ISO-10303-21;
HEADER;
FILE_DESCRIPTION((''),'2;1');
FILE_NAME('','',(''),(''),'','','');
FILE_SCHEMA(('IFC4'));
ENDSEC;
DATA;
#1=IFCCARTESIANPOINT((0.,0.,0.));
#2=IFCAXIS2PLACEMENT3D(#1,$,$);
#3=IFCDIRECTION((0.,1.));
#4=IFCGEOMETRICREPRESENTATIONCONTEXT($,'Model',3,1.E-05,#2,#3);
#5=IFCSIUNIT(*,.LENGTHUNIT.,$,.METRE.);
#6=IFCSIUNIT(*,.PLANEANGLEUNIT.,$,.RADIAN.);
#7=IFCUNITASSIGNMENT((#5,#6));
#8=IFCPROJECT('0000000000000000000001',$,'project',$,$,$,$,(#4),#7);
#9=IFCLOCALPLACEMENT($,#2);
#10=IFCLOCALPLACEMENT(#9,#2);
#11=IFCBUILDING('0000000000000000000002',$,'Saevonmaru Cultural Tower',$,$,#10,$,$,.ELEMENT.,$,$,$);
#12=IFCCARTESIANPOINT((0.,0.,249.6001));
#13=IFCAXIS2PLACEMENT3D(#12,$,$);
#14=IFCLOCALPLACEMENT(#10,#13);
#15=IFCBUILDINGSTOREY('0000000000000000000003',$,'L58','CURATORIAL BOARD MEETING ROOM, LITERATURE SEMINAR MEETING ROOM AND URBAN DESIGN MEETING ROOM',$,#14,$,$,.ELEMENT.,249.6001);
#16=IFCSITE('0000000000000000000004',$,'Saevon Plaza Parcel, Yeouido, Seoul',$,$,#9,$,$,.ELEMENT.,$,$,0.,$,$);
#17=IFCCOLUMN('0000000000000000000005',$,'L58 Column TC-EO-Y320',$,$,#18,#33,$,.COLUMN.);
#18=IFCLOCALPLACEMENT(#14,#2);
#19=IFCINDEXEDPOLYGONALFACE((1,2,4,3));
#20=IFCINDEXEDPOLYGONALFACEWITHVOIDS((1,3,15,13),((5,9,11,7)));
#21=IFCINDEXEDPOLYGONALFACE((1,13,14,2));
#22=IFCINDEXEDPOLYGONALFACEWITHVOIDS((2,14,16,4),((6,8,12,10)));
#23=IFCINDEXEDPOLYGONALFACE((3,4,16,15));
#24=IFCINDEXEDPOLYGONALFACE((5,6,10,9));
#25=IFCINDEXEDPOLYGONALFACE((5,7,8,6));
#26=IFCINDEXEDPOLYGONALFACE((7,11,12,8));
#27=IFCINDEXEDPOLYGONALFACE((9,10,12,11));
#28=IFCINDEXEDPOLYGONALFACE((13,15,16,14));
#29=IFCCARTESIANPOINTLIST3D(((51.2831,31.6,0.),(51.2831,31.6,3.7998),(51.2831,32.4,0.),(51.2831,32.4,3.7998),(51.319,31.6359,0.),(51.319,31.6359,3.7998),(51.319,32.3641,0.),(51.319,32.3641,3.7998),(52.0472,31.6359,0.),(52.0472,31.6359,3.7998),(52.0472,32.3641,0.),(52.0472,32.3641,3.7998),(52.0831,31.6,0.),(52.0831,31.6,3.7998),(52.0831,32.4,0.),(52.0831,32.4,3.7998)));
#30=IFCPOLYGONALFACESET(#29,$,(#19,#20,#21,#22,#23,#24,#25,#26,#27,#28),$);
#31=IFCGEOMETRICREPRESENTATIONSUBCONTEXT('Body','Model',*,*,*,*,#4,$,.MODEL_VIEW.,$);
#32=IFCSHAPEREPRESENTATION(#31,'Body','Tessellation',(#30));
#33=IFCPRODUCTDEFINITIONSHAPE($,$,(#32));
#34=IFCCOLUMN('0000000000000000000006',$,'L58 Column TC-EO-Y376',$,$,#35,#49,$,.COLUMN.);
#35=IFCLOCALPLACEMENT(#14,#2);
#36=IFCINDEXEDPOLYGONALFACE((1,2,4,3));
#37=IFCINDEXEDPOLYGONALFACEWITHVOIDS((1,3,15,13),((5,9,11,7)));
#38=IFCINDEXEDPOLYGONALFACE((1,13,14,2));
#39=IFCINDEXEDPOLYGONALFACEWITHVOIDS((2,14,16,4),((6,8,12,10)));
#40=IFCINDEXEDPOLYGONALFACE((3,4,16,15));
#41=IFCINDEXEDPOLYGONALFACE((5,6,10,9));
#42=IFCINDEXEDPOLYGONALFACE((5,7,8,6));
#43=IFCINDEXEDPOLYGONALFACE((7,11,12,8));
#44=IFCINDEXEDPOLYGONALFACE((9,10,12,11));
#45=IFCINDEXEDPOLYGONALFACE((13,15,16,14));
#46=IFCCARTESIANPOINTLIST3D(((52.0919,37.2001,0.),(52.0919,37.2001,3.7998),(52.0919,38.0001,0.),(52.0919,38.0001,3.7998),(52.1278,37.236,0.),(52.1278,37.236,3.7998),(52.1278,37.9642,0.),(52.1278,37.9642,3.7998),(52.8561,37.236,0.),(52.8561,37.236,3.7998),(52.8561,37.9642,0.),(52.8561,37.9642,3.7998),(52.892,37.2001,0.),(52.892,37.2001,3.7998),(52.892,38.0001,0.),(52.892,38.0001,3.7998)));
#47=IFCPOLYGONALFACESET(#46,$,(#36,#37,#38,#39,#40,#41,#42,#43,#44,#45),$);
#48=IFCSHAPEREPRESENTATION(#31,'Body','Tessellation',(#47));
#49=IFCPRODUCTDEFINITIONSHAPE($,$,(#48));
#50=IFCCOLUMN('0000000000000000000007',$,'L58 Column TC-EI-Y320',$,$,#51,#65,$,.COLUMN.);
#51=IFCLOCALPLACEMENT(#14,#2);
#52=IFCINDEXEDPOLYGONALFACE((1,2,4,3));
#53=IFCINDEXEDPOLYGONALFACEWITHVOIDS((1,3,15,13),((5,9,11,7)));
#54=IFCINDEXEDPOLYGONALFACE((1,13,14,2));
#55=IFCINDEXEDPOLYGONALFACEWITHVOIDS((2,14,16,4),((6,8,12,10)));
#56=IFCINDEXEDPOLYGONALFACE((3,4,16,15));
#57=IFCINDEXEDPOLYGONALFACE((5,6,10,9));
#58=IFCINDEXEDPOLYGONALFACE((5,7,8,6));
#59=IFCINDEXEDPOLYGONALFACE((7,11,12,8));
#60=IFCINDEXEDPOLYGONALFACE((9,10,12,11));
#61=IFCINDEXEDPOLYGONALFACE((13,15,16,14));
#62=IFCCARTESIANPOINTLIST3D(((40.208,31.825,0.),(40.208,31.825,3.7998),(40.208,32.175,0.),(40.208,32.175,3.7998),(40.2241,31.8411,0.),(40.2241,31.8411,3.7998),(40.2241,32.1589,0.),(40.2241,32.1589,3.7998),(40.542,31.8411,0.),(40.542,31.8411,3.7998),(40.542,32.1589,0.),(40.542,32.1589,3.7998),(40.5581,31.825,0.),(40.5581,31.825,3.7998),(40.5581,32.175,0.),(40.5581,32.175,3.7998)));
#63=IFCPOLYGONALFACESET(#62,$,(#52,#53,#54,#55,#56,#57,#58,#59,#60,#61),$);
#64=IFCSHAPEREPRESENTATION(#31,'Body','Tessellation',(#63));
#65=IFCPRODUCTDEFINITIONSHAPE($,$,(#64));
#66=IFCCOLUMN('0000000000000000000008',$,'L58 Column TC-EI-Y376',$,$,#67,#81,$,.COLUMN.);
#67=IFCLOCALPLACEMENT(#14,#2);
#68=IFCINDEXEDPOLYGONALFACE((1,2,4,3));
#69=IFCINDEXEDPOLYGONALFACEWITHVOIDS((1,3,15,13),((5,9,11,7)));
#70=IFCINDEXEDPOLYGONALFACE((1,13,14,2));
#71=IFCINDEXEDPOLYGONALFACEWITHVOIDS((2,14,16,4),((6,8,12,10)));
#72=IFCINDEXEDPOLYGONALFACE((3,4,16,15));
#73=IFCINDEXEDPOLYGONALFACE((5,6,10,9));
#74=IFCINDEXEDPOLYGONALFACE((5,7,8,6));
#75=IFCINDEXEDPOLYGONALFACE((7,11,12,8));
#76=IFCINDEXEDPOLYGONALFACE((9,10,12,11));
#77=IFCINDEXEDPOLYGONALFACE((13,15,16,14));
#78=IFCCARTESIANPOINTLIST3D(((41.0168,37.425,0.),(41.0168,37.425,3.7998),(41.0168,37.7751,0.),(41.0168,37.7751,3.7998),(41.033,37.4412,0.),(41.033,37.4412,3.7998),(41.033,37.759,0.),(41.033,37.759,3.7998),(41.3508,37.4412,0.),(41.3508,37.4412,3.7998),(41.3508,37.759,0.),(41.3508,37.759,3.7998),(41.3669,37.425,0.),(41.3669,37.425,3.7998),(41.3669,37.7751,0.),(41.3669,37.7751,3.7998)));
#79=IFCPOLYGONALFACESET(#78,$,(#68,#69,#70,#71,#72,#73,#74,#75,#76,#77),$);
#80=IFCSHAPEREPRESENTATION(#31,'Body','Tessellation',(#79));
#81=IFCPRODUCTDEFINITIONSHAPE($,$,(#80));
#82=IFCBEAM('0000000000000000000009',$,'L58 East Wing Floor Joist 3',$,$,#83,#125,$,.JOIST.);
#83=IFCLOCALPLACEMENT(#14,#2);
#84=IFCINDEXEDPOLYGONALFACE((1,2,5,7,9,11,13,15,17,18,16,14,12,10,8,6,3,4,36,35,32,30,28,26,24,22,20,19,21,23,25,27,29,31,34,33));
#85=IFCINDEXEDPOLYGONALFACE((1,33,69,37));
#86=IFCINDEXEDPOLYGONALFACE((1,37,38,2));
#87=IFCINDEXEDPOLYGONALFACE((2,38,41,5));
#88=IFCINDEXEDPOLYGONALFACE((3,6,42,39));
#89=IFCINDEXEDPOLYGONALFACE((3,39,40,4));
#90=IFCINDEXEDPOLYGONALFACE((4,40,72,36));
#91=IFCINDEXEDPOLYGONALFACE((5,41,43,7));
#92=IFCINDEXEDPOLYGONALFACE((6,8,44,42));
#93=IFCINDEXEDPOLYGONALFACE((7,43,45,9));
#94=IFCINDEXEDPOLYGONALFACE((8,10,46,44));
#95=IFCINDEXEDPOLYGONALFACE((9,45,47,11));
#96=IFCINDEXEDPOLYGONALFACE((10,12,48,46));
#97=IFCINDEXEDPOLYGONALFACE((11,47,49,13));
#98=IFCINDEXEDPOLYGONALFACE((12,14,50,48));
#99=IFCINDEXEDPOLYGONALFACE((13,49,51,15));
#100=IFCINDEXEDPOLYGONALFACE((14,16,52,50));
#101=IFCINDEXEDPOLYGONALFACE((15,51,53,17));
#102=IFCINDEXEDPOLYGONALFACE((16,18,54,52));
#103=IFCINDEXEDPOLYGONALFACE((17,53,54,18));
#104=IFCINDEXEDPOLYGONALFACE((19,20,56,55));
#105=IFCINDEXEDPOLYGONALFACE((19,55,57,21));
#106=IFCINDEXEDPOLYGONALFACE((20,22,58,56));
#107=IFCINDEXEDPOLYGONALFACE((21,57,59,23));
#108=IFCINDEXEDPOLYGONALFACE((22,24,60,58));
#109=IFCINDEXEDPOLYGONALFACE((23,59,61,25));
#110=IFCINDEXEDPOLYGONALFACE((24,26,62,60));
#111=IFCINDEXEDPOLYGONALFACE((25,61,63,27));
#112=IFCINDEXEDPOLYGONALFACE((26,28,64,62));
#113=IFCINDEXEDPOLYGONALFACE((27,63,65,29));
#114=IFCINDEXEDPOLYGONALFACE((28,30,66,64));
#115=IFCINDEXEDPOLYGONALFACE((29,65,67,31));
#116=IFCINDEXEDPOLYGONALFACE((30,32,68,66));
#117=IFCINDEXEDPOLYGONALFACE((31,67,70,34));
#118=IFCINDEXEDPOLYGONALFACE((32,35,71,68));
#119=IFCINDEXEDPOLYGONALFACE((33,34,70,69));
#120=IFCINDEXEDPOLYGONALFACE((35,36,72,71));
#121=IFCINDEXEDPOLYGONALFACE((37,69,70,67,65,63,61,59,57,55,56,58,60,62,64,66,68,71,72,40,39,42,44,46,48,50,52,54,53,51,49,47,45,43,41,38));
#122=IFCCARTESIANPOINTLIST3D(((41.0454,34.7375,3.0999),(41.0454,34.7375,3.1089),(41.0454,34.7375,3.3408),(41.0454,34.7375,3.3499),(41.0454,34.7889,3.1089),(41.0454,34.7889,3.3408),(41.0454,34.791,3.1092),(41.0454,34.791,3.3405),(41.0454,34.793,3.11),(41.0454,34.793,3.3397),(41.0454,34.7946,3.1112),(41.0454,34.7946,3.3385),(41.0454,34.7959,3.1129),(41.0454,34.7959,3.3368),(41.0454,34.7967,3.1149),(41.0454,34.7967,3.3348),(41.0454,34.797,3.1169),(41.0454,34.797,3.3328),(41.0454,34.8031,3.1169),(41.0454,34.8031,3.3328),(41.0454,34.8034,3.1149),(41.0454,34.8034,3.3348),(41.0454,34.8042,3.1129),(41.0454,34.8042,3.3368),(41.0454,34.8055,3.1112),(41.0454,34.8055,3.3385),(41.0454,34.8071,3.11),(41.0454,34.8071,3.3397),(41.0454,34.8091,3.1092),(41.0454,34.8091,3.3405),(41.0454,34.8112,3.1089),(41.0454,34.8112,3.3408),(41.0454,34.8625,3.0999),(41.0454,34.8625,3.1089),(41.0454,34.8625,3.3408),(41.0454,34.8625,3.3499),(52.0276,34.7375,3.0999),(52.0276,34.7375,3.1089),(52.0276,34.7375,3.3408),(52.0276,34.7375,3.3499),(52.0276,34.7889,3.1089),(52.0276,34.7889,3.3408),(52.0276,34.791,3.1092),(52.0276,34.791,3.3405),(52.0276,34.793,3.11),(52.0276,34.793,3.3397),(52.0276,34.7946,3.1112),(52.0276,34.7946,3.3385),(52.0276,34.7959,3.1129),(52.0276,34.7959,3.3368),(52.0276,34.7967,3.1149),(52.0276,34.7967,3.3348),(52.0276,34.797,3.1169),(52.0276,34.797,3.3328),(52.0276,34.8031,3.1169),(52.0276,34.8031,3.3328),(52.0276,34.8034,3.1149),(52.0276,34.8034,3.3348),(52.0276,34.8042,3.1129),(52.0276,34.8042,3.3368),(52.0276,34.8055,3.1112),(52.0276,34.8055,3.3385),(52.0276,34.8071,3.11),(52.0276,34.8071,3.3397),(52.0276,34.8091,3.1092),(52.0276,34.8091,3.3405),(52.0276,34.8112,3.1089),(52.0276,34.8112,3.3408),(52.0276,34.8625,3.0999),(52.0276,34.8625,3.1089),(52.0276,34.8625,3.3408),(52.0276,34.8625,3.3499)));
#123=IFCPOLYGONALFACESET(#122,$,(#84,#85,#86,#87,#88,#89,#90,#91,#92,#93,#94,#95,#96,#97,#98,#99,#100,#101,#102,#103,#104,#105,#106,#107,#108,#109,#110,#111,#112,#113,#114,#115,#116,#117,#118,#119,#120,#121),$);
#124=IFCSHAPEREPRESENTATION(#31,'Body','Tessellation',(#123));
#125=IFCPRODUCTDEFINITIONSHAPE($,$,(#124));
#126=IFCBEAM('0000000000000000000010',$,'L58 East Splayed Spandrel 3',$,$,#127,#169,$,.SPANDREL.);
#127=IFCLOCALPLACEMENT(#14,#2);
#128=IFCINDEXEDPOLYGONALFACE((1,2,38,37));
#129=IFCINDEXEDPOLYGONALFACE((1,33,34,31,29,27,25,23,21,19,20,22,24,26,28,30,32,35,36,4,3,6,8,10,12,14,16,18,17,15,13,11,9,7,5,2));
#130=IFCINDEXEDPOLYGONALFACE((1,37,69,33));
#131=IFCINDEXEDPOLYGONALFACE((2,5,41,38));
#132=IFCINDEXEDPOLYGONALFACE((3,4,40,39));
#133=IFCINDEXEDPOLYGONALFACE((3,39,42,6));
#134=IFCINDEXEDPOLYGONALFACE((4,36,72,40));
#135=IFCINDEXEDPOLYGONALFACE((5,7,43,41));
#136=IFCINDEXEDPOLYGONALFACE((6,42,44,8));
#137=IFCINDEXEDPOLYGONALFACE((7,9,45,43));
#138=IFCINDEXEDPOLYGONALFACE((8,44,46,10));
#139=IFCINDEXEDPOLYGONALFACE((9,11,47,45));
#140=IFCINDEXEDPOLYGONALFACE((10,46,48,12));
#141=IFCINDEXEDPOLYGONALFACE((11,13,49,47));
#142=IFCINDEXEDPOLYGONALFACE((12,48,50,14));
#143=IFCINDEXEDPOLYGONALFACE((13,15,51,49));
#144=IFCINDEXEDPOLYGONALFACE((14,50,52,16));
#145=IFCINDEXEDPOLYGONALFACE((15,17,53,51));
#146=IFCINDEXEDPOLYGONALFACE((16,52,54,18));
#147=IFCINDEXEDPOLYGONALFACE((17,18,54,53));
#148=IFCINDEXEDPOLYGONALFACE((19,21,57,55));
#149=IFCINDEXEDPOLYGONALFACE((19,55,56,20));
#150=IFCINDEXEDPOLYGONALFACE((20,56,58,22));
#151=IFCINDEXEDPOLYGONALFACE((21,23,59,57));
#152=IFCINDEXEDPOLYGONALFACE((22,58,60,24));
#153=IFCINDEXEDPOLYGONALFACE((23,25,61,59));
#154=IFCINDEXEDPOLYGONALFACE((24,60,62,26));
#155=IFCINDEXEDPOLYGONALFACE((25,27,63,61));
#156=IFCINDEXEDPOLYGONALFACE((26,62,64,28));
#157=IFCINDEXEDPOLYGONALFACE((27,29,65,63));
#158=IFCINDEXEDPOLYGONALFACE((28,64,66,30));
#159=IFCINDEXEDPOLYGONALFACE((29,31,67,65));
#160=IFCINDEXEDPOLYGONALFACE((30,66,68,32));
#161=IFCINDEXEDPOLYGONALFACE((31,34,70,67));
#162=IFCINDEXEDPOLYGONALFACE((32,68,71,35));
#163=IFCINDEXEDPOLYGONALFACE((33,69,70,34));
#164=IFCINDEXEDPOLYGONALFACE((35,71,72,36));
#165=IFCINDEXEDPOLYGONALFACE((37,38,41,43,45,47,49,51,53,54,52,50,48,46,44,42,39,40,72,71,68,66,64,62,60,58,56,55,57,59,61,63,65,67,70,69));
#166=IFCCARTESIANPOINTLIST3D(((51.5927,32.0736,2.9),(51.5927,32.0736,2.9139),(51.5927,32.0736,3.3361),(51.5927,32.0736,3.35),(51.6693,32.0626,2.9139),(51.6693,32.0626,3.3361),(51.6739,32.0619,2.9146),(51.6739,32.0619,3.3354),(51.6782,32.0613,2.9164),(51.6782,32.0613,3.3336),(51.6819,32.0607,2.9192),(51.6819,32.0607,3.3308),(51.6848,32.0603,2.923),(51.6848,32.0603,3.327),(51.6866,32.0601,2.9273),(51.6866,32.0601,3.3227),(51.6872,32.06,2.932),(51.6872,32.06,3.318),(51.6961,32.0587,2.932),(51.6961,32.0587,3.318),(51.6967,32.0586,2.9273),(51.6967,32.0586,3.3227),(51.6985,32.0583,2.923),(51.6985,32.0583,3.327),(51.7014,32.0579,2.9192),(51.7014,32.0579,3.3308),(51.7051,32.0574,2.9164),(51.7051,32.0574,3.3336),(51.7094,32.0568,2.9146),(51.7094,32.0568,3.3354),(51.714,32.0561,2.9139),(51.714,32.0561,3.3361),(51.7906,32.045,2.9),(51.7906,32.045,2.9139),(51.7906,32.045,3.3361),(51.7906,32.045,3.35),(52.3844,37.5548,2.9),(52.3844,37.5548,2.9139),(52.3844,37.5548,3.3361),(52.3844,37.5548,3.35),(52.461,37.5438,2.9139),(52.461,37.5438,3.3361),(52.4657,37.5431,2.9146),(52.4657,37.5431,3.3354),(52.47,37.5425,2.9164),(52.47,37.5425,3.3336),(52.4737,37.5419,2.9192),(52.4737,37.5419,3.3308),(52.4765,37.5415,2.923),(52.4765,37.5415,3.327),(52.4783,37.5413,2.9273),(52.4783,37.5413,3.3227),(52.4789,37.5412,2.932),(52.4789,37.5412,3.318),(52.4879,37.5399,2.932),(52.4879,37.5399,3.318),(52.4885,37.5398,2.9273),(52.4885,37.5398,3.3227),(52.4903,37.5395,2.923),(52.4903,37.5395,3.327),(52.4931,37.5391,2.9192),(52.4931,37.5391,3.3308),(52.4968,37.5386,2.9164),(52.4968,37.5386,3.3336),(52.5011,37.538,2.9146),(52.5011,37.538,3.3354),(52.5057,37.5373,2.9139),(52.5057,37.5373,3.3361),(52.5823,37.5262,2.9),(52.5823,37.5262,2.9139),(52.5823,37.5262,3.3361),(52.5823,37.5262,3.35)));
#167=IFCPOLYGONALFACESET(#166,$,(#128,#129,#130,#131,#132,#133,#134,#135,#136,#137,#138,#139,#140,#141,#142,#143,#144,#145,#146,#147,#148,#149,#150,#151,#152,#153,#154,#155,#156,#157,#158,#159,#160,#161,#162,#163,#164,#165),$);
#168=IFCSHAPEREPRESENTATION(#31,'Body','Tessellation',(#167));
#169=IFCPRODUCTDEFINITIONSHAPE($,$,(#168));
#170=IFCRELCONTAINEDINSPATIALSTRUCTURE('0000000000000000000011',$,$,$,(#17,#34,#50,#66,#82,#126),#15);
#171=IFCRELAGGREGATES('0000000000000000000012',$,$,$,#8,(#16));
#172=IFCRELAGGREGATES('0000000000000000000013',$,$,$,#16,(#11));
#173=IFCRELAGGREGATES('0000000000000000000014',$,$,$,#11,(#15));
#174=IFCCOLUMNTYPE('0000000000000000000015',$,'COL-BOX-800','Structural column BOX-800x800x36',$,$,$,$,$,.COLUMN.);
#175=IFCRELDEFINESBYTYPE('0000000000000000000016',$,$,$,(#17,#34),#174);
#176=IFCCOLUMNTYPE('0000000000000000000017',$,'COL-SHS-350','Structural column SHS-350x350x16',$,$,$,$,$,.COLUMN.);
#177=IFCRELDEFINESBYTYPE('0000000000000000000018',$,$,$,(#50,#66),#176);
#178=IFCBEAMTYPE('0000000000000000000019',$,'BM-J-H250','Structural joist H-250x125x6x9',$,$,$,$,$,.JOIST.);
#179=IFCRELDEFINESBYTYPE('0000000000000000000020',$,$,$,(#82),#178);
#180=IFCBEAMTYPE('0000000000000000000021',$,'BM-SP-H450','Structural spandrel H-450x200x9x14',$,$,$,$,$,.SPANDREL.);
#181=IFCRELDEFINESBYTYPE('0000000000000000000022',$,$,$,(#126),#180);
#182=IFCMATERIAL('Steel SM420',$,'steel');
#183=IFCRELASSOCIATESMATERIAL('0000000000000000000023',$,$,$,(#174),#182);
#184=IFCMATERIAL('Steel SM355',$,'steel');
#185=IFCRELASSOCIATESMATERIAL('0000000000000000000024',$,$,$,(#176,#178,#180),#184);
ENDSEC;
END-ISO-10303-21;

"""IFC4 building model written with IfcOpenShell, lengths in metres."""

from ifc_helpers import new_model, si_unit, direction, frame, origin, origin_2d, place, context, subcontext, project, spatial, hollow_rectangle, i_section, extrude, material, material_profile, profile_set, type_object, element, save


model = new_model("IFC4")

# Units and contexts
model_context = context("Model", 3, precision=1e-05, world=origin(), true_north=direction((0.0, 1.0)))
body_context = subcontext(model_context, "Body", "Model", "MODEL_VIEW")
ifc_project = project(units=[si_unit("LENGTHUNIT", "METRE"), si_unit("PLANEANGLEUNIT", "RADIAN")], contexts=[model_context])

# Site, building, storey
site_placement = place(None, origin())
site = spatial("IfcSite", under=ifc_project, at=site_placement, Name="Saevon Plaza Parcel, Yeouido, Seoul", CompositionType="ELEMENT", RefElevation=0.0)
building_placement = place(site_placement, origin())
building = spatial("IfcBuilding", under=site, at=building_placement, Name="Saevonmaru Cultural Tower", CompositionType="ELEMENT")
storey_placement = place(building_placement, frame((0.0, 0.0, 249.6001)))
storey = spatial("IfcBuildingStorey", under=building, at=storey_placement, Name="L58", Description="CURATORIAL BOARD MEETING ROOM, LITERATURE SEMINAR MEETING ROOM AND URBAN DESIGN MEETING ROOM", CompositionType="ELEMENT", Elevation=249.6001)

# Columns
ifc_material_1 = material(Name="Steel SM420", Category="steel")
ifc_material_profile_1 = material_profile(ifc_material_1, hollow_rectangle(XDim=0.8, YDim=0.8, WallThickness=0.0359, at=origin_2d()), Name="BOX-800x800x36")
ifc_profile_set_1 = profile_set([ifc_material_profile_1], Name="Steel SM420")
column_type_1 = type_object("IfcColumnType", Name="COL-BOX-800", Description="Structural column BOX-800x800x36", PredefinedType="COLUMN", material=ifc_profile_set_1)
for number, where, z_axis, x_axis, name in (
    (1, (51.6831, 32.0, 0.0), (0.0, 0.0, 1.0), (1.0, 0.0, 0.0), "L58 Column TC-EO-Y320"),
    (2, (52.4919, 37.6001, 0.0), (0.0, 0.0, 1.0), (1.0, 0.0, 0.0), "L58 Column TC-EO-Y376"),
):
    element("IfcColumn", number, at=place(storey_placement, frame(where, z_axis=z_axis, x_axis=x_axis)), inside=storey, type_object=column_type_1, Name=name, PredefinedType="COLUMN", context=body_context, shape_type="SweptSolid", body=[
        extrude(hollow_rectangle(XDim=0.8, YDim=0.8, WallThickness=0.0359, at=origin_2d()), origin(), (0.0, 0.0, 1.0), 3.7998),
    ])
ifc_material_2 = material(Name="Steel SM355", Category="steel")
ifc_material_profile_2 = material_profile(ifc_material_2, hollow_rectangle(XDim=0.3501, YDim=0.3501, WallThickness=0.0161, at=origin_2d()), Name="SHS-350x350x16")
ifc_profile_set_2 = profile_set([ifc_material_profile_2], Name="Steel SM355")
column_type_2 = type_object("IfcColumnType", Name="COL-SHS-350", Description="Structural column SHS-350x350x16", PredefinedType="COLUMN", material=ifc_profile_set_2)
for number, where, z_axis, x_axis, name in (
    (3, (40.3831, 32.0, 0.0), (0.0, 0.0, 1.0), (1.0, 0.0, 0.0), "L58 Column TC-EI-Y320"),
    (4, (41.1919, 37.6001, 0.0), (0.0, 0.0, 1.0), (1.0, 0.0, 0.0), "L58 Column TC-EI-Y376"),
):
    element("IfcColumn", number, at=place(storey_placement, frame(where, z_axis=z_axis, x_axis=x_axis)), inside=storey, type_object=column_type_2, Name=name, PredefinedType="COLUMN", context=body_context, shape_type="SweptSolid", body=[
        extrude(hollow_rectangle(XDim=0.3501, YDim=0.3501, WallThickness=0.0161, at=origin_2d()), origin(), (0.0, 0.0, 1.0), 3.7998),
    ])

# Beams
ifc_material_profile_3 = material_profile(ifc_material_2, i_section(OverallWidth=0.125, OverallDepth=0.25, WebThickness=0.0061, FlangeThickness=0.009, FilletRadius=0.0081, at=origin_2d()), Name="H-250x125x6x9")
ifc_profile_set_3 = profile_set([ifc_material_profile_3], Name="Steel SM355")
beam_type_1 = type_object("IfcBeamType", Name="BM-J-H250", Description="Structural joist H-250x125x6x9", PredefinedType="JOIST", material=ifc_profile_set_3)
beam_1_placement = place(storey_placement, frame((41.0454, 34.8, 3.2249), z_axis=(1.0, 0.0, 0.0), x_axis=(0.0, 1.0, 0.0)))
element("IfcBeam", 5, at=beam_1_placement, inside=storey, type_object=beam_type_1, Name="L58 East Wing Floor Joist 3", PredefinedType="JOIST", context=body_context, shape_type="SweptSolid", body=[
    extrude(i_section(OverallWidth=0.125, OverallDepth=0.25, WebThickness=0.0061, FlangeThickness=0.009, FilletRadius=0.0081, at=origin_2d()), origin(), (0.0, 0.0, 1.0), 10.9822),
])
ifc_material_profile_4 = material_profile(ifc_material_2, i_section(OverallWidth=0.2, OverallDepth=0.45, WebThickness=0.009, FlangeThickness=0.0139, FilletRadius=0.0181, at=origin_2d()), Name="H-450x200x9x14")
ifc_profile_set_4 = profile_set([ifc_material_profile_4], Name="Steel SM355")
beam_type_2 = type_object("IfcBeamType", Name="BM-SP-H450", Description="Structural spandrel H-450x200x9x14", PredefinedType="SPANDREL", material=ifc_profile_set_4)
beam_2_placement = place(storey_placement, frame((51.6917, 32.0593, 3.125), z_axis=(0.142964, 0.989728, 0.0), x_axis=(-0.989728, 0.142964, 0.0)))
element("IfcBeam", 6, at=beam_2_placement, inside=storey, type_object=beam_type_2, Name="L58 East Splayed Spandrel 3", PredefinedType="SPANDREL", context=body_context, shape_type="SweptSolid", body=[
    extrude(i_section(OverallWidth=0.2, OverallDepth=0.45, WebThickness=0.009, FlangeThickness=0.0139, FilletRadius=0.0181, at=origin_2d()), origin(), (0.0, 0.0, 1.0), 5.5381),
])

save(model, "model.ifc")
